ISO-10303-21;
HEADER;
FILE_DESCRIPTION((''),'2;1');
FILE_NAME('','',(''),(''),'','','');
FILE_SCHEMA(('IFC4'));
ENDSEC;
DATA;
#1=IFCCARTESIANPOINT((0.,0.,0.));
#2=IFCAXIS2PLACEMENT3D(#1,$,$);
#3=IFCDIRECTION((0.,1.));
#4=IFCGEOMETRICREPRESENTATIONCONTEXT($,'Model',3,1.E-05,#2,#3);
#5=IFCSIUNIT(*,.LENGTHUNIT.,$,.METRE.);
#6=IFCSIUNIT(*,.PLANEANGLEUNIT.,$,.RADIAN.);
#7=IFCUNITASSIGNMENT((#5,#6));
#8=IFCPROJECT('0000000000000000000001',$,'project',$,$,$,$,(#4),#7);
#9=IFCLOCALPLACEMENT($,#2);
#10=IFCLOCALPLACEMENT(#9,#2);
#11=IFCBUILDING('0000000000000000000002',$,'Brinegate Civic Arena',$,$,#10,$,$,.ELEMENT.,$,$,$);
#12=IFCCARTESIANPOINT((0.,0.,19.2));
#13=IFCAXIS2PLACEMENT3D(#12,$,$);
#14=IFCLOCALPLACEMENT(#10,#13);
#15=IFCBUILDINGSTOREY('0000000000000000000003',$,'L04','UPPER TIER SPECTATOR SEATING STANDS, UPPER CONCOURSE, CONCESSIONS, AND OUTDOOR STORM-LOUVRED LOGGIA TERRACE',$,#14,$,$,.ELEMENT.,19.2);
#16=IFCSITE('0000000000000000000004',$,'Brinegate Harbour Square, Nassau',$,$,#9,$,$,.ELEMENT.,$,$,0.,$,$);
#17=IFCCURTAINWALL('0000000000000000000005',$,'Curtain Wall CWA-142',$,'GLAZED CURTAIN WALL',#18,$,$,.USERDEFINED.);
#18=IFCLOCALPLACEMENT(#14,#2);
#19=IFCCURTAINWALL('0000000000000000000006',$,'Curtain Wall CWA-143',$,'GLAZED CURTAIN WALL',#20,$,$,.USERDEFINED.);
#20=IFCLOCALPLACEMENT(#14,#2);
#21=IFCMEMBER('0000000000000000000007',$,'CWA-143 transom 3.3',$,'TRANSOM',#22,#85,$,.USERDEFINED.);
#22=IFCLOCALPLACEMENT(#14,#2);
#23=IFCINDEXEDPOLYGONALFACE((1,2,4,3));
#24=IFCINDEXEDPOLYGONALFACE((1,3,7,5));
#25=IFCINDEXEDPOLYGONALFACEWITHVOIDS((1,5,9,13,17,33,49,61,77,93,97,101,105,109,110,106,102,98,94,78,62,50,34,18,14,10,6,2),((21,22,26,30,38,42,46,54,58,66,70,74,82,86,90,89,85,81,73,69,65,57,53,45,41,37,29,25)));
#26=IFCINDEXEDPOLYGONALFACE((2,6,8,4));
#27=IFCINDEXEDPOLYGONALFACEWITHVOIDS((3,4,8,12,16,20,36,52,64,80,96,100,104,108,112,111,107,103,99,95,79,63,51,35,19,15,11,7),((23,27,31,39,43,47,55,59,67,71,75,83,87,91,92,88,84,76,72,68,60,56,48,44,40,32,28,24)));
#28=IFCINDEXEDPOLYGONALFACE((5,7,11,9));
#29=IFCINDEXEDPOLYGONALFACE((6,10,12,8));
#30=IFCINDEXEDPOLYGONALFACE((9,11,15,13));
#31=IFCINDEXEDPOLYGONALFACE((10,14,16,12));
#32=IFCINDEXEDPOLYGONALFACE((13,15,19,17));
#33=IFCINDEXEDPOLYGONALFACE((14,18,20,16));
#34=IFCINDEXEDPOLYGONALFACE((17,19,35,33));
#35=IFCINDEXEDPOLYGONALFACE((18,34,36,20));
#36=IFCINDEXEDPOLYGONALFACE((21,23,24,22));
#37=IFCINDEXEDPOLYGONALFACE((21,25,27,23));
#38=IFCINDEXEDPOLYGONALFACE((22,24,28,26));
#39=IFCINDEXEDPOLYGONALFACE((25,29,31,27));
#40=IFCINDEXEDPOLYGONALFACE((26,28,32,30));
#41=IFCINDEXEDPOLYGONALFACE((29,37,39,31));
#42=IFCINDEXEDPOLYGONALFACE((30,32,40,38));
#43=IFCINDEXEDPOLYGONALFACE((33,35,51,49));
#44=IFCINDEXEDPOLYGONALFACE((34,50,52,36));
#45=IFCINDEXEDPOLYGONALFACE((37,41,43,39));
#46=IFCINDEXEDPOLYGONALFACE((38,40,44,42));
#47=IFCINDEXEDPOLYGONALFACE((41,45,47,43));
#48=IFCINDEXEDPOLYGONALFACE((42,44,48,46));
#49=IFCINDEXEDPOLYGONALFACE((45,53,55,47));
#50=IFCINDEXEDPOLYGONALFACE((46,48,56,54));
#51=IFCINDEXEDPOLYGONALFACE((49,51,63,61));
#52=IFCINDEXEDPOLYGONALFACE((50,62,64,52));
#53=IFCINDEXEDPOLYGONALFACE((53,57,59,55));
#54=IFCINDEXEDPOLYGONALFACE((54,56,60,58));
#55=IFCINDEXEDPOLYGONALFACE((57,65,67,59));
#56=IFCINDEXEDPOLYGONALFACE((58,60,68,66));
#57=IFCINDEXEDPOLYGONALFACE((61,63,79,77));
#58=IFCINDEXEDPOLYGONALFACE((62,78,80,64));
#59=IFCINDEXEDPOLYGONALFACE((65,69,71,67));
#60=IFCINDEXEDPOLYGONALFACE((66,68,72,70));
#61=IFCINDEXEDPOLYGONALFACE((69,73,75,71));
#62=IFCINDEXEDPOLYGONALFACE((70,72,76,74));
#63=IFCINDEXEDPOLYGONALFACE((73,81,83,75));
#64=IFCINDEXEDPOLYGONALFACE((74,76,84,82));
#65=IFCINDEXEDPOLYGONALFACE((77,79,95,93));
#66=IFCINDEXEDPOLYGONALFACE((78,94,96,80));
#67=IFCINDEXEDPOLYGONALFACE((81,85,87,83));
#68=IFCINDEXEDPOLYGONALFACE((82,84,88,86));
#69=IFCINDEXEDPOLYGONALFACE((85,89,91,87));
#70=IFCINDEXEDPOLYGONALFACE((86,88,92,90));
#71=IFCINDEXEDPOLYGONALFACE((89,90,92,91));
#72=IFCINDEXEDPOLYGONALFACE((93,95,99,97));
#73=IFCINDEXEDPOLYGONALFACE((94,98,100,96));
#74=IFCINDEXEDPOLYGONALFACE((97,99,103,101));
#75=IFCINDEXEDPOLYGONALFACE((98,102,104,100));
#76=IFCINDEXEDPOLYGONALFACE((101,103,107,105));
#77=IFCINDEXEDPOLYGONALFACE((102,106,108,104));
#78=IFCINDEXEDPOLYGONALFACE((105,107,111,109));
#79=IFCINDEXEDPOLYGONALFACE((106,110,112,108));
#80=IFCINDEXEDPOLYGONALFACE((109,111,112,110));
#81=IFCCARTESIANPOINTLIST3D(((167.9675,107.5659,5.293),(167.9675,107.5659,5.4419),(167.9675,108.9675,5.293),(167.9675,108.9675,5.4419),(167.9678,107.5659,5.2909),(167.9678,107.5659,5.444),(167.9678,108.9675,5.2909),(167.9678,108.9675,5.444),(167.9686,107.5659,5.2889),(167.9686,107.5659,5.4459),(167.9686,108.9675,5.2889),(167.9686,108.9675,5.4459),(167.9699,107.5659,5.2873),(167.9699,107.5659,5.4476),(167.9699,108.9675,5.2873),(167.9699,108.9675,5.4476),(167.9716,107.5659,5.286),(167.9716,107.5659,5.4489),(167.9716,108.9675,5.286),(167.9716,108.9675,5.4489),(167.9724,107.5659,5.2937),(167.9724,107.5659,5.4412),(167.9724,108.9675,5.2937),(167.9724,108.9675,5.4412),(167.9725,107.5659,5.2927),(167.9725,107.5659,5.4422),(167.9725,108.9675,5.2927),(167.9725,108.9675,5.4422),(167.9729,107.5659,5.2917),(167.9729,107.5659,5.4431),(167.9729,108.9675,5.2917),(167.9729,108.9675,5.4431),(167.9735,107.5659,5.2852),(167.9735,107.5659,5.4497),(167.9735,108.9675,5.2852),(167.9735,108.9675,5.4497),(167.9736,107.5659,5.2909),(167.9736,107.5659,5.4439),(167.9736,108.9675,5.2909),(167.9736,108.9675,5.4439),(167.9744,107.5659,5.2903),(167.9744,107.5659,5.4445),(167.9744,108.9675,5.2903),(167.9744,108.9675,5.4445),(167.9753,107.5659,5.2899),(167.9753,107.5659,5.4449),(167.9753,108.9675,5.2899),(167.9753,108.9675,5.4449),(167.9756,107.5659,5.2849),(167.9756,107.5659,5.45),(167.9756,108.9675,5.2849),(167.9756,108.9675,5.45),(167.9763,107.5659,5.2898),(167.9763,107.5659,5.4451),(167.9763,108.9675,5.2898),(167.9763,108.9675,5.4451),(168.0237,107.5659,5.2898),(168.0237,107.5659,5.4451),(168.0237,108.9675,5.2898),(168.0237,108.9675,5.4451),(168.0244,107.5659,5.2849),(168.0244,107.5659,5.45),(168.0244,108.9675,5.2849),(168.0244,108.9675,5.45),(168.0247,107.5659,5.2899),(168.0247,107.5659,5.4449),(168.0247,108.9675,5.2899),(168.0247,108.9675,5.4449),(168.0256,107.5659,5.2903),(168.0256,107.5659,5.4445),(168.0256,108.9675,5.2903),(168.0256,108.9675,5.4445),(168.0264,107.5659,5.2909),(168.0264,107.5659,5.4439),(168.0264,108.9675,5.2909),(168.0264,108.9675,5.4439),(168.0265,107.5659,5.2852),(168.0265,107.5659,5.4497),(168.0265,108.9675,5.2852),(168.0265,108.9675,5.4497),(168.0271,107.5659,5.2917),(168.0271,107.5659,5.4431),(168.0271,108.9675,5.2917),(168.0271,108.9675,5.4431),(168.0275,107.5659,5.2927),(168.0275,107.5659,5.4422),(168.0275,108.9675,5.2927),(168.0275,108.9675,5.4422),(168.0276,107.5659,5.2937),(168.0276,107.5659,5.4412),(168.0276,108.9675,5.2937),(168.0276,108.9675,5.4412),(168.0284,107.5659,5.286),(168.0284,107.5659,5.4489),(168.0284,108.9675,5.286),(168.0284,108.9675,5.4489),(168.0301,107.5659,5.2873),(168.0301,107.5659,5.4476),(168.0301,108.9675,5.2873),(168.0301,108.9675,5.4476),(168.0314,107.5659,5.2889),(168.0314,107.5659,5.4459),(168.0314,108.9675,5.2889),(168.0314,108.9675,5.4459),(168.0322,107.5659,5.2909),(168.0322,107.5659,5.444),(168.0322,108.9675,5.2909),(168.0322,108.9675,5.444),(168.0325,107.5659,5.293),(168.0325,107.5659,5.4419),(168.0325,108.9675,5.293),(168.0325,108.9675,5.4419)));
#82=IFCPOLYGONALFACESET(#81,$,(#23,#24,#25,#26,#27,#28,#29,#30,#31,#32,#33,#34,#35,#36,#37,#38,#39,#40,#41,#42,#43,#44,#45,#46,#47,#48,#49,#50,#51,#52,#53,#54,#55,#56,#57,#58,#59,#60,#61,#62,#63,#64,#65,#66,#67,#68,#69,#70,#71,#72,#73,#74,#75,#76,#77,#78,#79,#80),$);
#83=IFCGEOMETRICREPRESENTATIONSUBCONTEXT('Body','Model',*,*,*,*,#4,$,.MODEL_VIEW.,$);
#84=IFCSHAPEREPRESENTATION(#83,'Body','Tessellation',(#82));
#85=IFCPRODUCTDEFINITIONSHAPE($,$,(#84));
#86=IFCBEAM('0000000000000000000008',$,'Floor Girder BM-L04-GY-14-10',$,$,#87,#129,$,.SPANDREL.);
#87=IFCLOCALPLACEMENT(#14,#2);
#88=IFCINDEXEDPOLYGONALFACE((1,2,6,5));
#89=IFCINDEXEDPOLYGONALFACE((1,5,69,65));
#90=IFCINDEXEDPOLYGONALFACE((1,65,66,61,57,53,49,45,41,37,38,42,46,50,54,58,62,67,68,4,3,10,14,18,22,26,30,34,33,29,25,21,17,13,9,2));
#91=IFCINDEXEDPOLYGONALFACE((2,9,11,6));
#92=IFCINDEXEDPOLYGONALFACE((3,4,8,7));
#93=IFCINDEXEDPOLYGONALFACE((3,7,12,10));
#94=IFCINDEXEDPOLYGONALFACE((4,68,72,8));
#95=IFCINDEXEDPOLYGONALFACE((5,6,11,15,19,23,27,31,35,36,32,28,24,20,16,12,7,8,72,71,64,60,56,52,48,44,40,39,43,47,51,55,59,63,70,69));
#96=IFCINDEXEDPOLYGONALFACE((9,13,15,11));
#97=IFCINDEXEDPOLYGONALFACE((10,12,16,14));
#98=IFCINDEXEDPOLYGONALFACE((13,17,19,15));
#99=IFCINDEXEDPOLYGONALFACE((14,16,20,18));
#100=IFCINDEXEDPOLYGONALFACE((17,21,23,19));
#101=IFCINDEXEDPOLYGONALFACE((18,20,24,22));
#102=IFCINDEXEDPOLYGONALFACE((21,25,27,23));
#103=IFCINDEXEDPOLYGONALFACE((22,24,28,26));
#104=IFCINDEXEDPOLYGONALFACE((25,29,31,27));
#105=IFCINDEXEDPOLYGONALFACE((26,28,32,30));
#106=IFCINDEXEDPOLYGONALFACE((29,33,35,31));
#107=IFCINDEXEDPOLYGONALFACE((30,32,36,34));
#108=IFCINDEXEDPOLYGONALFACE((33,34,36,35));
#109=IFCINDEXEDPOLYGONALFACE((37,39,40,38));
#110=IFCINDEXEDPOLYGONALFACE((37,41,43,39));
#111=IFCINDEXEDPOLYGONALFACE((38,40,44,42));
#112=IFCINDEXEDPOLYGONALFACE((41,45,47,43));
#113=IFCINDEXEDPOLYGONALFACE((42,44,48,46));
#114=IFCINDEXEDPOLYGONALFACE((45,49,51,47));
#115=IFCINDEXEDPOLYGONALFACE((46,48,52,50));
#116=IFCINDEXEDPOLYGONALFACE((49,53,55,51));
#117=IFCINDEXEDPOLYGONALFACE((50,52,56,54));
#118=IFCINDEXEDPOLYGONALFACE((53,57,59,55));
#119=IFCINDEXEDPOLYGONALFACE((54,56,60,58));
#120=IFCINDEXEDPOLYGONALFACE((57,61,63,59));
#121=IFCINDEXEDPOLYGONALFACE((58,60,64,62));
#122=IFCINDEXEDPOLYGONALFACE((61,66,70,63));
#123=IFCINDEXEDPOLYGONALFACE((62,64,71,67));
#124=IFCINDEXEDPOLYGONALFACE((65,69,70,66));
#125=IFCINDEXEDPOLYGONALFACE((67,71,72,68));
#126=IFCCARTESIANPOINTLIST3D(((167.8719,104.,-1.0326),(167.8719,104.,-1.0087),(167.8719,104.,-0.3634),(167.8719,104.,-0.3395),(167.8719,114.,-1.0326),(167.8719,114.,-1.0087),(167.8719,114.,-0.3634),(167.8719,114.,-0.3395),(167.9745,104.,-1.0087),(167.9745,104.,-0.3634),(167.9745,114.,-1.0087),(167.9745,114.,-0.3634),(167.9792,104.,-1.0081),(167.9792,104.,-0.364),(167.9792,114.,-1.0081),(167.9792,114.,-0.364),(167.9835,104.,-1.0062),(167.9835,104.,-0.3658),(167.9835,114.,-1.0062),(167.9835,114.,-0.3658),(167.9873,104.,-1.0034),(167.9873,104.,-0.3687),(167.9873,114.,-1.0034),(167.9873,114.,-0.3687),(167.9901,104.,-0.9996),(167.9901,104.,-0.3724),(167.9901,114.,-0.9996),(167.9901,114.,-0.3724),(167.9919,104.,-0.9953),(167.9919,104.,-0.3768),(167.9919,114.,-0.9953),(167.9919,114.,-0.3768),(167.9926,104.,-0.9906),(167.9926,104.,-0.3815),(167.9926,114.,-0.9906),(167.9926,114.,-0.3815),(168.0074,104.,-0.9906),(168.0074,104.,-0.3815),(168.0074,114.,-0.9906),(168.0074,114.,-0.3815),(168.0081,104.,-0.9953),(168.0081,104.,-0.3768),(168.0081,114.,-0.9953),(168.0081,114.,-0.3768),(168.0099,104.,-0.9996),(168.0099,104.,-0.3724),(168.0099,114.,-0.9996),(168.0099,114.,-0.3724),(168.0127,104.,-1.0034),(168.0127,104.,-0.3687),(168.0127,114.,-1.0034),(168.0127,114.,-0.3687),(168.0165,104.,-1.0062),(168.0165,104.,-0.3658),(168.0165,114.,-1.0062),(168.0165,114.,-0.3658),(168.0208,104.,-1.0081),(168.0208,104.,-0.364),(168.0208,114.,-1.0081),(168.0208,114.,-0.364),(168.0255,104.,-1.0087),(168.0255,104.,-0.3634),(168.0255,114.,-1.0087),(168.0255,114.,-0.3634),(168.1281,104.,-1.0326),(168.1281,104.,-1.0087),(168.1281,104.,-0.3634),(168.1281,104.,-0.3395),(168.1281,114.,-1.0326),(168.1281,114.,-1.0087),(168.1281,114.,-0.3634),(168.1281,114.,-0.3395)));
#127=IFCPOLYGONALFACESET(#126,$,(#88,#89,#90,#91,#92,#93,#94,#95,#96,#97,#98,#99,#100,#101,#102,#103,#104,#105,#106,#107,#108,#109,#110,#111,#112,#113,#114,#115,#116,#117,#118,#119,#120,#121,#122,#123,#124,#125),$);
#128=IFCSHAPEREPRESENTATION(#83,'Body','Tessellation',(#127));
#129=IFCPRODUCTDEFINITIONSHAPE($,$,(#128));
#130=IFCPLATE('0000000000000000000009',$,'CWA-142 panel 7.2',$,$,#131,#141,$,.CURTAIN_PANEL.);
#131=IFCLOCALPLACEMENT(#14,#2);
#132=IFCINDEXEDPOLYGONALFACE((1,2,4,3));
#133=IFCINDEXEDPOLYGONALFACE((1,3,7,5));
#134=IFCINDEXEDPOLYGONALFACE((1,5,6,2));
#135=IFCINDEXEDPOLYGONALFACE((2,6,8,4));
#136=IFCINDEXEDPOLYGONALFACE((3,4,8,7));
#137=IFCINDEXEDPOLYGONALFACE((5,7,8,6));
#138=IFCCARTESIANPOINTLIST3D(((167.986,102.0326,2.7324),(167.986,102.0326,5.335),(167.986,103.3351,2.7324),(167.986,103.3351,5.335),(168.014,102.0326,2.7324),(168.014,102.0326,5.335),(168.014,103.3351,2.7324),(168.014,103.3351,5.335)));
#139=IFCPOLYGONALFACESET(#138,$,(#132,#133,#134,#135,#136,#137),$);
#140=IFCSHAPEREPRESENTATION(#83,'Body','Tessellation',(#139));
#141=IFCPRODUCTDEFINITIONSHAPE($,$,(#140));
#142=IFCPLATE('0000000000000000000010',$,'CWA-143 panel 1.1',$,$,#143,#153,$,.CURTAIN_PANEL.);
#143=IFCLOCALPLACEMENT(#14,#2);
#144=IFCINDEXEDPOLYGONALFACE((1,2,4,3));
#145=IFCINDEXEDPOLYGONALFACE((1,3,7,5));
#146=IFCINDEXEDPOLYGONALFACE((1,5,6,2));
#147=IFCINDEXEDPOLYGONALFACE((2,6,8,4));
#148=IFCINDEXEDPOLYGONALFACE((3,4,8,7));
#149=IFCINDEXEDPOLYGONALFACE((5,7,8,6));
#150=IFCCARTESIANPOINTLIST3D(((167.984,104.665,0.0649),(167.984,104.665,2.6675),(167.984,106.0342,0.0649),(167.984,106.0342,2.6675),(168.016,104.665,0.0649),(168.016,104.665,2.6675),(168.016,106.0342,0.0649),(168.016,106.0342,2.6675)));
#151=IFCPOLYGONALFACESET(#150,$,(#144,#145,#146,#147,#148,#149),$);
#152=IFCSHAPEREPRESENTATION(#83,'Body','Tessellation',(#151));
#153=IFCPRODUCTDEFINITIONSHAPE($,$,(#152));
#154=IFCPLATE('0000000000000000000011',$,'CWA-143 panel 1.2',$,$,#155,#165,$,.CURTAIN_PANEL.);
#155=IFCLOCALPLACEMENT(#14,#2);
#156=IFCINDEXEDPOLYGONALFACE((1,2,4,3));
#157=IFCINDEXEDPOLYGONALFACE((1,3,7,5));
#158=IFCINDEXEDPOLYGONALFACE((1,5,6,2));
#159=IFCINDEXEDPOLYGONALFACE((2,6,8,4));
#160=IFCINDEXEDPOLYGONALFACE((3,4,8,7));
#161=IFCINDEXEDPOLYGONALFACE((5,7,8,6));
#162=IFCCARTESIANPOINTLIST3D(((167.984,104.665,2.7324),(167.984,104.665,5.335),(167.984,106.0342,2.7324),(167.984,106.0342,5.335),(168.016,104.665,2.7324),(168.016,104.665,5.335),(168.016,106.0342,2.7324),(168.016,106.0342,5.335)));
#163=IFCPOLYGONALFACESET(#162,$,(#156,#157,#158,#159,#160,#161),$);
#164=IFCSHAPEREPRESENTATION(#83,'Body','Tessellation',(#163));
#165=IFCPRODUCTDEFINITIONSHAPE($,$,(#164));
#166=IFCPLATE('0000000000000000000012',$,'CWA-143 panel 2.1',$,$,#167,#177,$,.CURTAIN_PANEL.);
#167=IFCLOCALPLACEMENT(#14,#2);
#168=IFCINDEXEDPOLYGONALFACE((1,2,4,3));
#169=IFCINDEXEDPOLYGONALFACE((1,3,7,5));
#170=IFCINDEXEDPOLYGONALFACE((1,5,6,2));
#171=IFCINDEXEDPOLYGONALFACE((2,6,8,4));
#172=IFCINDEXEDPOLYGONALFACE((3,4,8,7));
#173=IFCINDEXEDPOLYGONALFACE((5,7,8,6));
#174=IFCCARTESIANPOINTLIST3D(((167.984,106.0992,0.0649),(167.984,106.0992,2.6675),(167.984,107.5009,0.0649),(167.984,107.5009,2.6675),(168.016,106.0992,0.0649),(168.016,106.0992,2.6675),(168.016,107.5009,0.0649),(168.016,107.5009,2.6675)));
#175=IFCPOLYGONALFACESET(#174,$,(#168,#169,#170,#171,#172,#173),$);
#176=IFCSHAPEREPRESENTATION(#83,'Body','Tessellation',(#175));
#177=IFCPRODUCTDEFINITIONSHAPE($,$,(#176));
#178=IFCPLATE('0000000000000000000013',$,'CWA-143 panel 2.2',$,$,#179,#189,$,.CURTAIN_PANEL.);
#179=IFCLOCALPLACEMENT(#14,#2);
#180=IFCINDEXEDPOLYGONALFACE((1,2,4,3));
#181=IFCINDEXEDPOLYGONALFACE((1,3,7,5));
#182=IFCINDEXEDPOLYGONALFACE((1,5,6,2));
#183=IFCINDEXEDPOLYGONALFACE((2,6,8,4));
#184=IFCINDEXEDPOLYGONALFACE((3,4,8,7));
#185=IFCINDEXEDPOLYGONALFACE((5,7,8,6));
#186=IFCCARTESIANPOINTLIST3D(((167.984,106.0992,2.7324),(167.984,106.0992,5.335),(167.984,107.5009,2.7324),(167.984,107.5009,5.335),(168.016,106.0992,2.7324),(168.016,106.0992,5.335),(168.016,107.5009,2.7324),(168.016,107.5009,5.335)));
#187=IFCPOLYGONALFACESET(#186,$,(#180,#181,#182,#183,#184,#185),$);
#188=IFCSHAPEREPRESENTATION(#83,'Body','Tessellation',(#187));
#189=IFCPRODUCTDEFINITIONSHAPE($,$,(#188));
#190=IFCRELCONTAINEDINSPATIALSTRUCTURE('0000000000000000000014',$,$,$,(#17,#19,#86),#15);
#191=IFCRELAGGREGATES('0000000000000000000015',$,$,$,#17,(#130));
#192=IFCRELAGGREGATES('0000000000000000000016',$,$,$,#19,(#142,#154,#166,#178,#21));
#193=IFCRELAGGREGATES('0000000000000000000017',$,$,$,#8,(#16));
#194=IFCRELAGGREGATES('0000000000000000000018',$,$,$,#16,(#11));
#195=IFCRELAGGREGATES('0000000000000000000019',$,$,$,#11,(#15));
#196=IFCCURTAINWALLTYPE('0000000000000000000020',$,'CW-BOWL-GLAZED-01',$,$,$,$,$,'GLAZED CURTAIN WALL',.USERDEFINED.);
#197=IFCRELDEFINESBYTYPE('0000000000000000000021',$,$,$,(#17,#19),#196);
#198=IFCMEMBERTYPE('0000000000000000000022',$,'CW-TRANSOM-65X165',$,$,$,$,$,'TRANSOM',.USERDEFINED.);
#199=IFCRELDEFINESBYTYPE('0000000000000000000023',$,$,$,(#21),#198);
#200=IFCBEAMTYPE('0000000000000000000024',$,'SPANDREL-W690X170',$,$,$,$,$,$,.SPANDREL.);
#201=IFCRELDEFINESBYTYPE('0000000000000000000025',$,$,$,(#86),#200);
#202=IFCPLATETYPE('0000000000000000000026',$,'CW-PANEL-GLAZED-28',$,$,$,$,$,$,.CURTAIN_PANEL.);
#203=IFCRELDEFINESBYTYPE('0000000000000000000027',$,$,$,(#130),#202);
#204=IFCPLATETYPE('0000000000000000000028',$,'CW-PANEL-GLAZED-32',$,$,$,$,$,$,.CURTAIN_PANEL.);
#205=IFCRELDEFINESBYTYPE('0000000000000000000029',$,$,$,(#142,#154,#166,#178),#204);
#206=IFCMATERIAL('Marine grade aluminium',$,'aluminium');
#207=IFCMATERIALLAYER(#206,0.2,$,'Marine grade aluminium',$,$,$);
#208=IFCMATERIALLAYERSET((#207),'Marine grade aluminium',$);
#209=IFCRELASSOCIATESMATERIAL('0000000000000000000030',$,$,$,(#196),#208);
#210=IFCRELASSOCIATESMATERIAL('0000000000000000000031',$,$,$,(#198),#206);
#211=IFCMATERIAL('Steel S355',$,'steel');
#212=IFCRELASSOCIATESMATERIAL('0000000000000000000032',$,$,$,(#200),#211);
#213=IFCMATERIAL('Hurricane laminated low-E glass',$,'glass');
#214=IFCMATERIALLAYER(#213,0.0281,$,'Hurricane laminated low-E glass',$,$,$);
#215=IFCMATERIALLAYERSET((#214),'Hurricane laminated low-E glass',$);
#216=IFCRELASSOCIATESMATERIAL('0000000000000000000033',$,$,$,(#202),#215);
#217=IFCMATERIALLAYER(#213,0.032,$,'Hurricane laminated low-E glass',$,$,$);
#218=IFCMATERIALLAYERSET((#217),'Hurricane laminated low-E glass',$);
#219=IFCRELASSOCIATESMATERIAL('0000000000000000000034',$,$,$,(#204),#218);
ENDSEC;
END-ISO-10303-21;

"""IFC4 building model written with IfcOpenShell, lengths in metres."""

from ifc_helpers import new_model, si_unit, direction, frame, origin, origin_2d, place, context, subcontext, project, spatial, rectangle, hollow_rectangle, i_section, extrude, material, layer, layer_set, material_profile, profile_set, type_object, element, aggregate, save


model = new_model("IFC4")

# Units and contexts
model_context = context("Model", 3, precision=1e-05, world=origin(), true_north=direction((0.0, 1.0)))
body_context = subcontext(model_context, "Body", "Model", "MODEL_VIEW")
ifc_project = project(units=[si_unit("LENGTHUNIT", "METRE"), si_unit("PLANEANGLEUNIT", "RADIAN")], contexts=[model_context])

# Site, building, storey
site_placement = place(None, origin())
site = spatial("IfcSite", under=ifc_project, at=site_placement, Name="Brinegate Harbour Square, Nassau", CompositionType="ELEMENT", RefElevation=0.0)
building_placement = place(site_placement, origin())
building = spatial("IfcBuilding", under=site, at=building_placement, Name="Brinegate Civic Arena", CompositionType="ELEMENT")
storey_placement = place(building_placement, frame((0.0, 0.0, 19.2)))
storey = spatial("IfcBuildingStorey", under=building, at=storey_placement, Name="L04", Description="UPPER TIER SPECTATOR SEATING STANDS, UPPER CONCOURSE, CONCESSIONS, AND OUTDOOR STORM-LOUVRED LOGGIA TERRACE", CompositionType="ELEMENT", Elevation=19.2)

# Curtain wall
ifc_material_1 = material(Name="Marine grade aluminium", Category="aluminium")
ifc_layer_1 = layer(ifc_material_1, 0.2, Name="Marine grade aluminium")
ifc_layer_set_1 = layer_set([ifc_layer_1], Name="Marine grade aluminium")
curtain_wall_type = type_object("IfcCurtainWallType", Name="CW-BOWL-GLAZED-01", ElementType="GLAZED CURTAIN WALL", PredefinedType="USERDEFINED", material=ifc_layer_set_1)
curtain_wall_1_placement = place(storey_placement, origin())
curtain_wall_1 = element("IfcCurtainWall", 1, at=curtain_wall_1_placement, inside=storey, type_object=curtain_wall_type, Name="Curtain Wall CWA-142", ObjectType="GLAZED CURTAIN WALL", PredefinedType="USERDEFINED")

# Curtain wall, member
curtain_wall_2_placement = place(storey_placement, origin())
curtain_wall_2 = element("IfcCurtainWall", 2, at=curtain_wall_2_placement, inside=storey, type_object=curtain_wall_type, Name="Curtain Wall CWA-143", ObjectType="GLAZED CURTAIN WALL", PredefinedType="USERDEFINED")
ifc_material_profile_1 = material_profile(ifc_material_1, hollow_rectangle(XDim=0.0649, YDim=0.165, WallThickness=0.0049, InnerFilletRadius=0.0039, OuterFilletRadius=0.0081, at=origin_2d()), Name="TRN65X165")
ifc_profile_set_1 = profile_set([ifc_material_profile_1], Name="Marine grade aluminium")
member_type_1 = type_object("IfcMemberType", Name="CW-TRANSOM-65X165", ElementType="TRANSOM", PredefinedType="USERDEFINED", material=ifc_profile_set_1)
member_1_placement = place(storey_placement, frame((168.0, 107.5659, 5.3674), z_axis=(0.0, 1.0, 0.0), x_axis=(-1.0, 0.0, 0.0)))
member_1 = element("IfcMember", 3, at=member_1_placement, type_object=member_type_1, Name="CWA-143 transom 3.3", ObjectType="TRANSOM", PredefinedType="USERDEFINED", context=body_context, shape_type="SweptSolid", body=[
    extrude(hollow_rectangle(XDim=0.0649, YDim=0.165, WallThickness=0.0049, InnerFilletRadius=0.0039, OuterFilletRadius=0.0081, at=origin_2d()), origin(), (0.0, 0.0, 1.0), 1.4016),
])

# Beam
ifc_material_2 = material(Name="Steel S355", Category="steel")
ifc_material_profile_2 = material_profile(ifc_material_2, i_section(OverallWidth=0.2561, OverallDepth=0.6931, WebThickness=0.0149, FlangeThickness=0.0239, FilletRadius=0.0181, at=origin_2d()), Name="W690X170")
ifc_profile_set_2 = profile_set([ifc_material_profile_2], Name="Steel S355")
beam_type = type_object("IfcBeamType", Name="SPANDREL-W690X170", PredefinedType="SPANDREL", material=ifc_profile_set_2)
beam_placement = place(storey_placement, frame((168.0, 104.0, -0.686), z_axis=(0.0, 1.0, 0.0), x_axis=(-1.0, 0.0, 0.0)))
element("IfcBeam", 4, at=beam_placement, inside=storey, type_object=beam_type, Name="Floor Girder BM-L04-GY-14-10", PredefinedType="SPANDREL", context=body_context, shape_type="SweptSolid", body=[
    extrude(i_section(OverallWidth=0.2561, OverallDepth=0.6931, WebThickness=0.0149, FlangeThickness=0.0239, FilletRadius=0.0181, at=origin_2d()), origin(), (0.0, 0.0, 1.0), 10.0),
])

# Plates
ifc_material_3 = material(Name="Hurricane laminated low-E glass", Category="glass")
ifc_layer_2 = layer(ifc_material_3, 0.0281, Name="Hurricane laminated low-E glass")
ifc_layer_set_2 = layer_set([ifc_layer_2], Name="Hurricane laminated low-E glass")
plate_type_1 = type_object("IfcPlateType", Name="CW-PANEL-GLAZED-28", PredefinedType="CURTAIN_PANEL", material=ifc_layer_set_2)
plate_1_placement = place(storey_placement, frame((168.0, 102.6838, 2.7324), z_axis=(0.0, 0.0, 1.0), x_axis=(0.0, 1.0, 0.0)))
plate_1 = element("IfcPlate", 5, at=plate_1_placement, type_object=plate_type_1, Name="CWA-142 panel 7.2", PredefinedType="CURTAIN_PANEL", context=body_context, shape_type="SweptSolid", body=[
    extrude(rectangle(XDim=1.3025, YDim=0.0281, at=origin_2d()), origin(), (0.0, 0.0, 1.0), 2.6025),
])
aggregate(curtain_wall_1, [plate_1])
ifc_layer_3 = layer(ifc_material_3, 0.032, Name="Hurricane laminated low-E glass")
ifc_layer_set_3 = layer_set([ifc_layer_3], Name="Hurricane laminated low-E glass")
plate_type_2 = type_object("IfcPlateType", Name="CW-PANEL-GLAZED-32", PredefinedType="CURTAIN_PANEL", material=ifc_layer_set_3)
plate_2_placement = place(storey_placement, frame((168.0, 105.3496, 0.0649), z_axis=(0.0, 0.0, 1.0), x_axis=(0.0, 1.0, 0.0)))
plate_2 = element("IfcPlate", 6, at=plate_2_placement, type_object=plate_type_2, Name="CWA-143 panel 1.1", PredefinedType="CURTAIN_PANEL", context=body_context, shape_type="SweptSolid", body=[
    extrude(rectangle(XDim=1.3691, YDim=0.032, at=origin_2d()), origin(), (0.0, 0.0, 1.0), 2.6025),
])
plate_3_placement = place(storey_placement, frame((168.0, 105.3496, 2.7324), z_axis=(0.0, 0.0, 1.0), x_axis=(0.0, 1.0, 0.0)))
plate_3 = element("IfcPlate", 7, at=plate_3_placement, type_object=plate_type_2, Name="CWA-143 panel 1.2", PredefinedType="CURTAIN_PANEL", context=body_context, shape_type="SweptSolid", body=[
    extrude(rectangle(XDim=1.3691, YDim=0.032, at=origin_2d()), origin(), (0.0, 0.0, 1.0), 2.6025),
])
plate_4_placement = place(storey_placement, frame((168.0, 106.8, 0.0649), z_axis=(0.0, 0.0, 1.0), x_axis=(0.0, 1.0, 0.0)))
plate_4 = element("IfcPlate", 8, at=plate_4_placement, type_object=plate_type_2, Name="CWA-143 panel 2.1", PredefinedType="CURTAIN_PANEL", context=body_context, shape_type="SweptSolid", body=[
    extrude(rectangle(XDim=1.4016, YDim=0.032, at=origin_2d()), origin(), (0.0, 0.0, 1.0), 2.6025),
])
plate_5_placement = place(storey_placement, frame((168.0, 106.8, 2.7324), z_axis=(0.0, 0.0, 1.0), x_axis=(0.0, 1.0, 0.0)))
plate_5 = element("IfcPlate", 9, at=plate_5_placement, type_object=plate_type_2, Name="CWA-143 panel 2.2", PredefinedType="CURTAIN_PANEL", context=body_context, shape_type="SweptSolid", body=[
    extrude(rectangle(XDim=1.4016, YDim=0.032, at=origin_2d()), origin(), (0.0, 0.0, 1.0), 2.6025),
])
aggregate(curtain_wall_2, [plate_2, plate_3, plate_4, plate_5, member_1])

save(model, "model.ifc")
